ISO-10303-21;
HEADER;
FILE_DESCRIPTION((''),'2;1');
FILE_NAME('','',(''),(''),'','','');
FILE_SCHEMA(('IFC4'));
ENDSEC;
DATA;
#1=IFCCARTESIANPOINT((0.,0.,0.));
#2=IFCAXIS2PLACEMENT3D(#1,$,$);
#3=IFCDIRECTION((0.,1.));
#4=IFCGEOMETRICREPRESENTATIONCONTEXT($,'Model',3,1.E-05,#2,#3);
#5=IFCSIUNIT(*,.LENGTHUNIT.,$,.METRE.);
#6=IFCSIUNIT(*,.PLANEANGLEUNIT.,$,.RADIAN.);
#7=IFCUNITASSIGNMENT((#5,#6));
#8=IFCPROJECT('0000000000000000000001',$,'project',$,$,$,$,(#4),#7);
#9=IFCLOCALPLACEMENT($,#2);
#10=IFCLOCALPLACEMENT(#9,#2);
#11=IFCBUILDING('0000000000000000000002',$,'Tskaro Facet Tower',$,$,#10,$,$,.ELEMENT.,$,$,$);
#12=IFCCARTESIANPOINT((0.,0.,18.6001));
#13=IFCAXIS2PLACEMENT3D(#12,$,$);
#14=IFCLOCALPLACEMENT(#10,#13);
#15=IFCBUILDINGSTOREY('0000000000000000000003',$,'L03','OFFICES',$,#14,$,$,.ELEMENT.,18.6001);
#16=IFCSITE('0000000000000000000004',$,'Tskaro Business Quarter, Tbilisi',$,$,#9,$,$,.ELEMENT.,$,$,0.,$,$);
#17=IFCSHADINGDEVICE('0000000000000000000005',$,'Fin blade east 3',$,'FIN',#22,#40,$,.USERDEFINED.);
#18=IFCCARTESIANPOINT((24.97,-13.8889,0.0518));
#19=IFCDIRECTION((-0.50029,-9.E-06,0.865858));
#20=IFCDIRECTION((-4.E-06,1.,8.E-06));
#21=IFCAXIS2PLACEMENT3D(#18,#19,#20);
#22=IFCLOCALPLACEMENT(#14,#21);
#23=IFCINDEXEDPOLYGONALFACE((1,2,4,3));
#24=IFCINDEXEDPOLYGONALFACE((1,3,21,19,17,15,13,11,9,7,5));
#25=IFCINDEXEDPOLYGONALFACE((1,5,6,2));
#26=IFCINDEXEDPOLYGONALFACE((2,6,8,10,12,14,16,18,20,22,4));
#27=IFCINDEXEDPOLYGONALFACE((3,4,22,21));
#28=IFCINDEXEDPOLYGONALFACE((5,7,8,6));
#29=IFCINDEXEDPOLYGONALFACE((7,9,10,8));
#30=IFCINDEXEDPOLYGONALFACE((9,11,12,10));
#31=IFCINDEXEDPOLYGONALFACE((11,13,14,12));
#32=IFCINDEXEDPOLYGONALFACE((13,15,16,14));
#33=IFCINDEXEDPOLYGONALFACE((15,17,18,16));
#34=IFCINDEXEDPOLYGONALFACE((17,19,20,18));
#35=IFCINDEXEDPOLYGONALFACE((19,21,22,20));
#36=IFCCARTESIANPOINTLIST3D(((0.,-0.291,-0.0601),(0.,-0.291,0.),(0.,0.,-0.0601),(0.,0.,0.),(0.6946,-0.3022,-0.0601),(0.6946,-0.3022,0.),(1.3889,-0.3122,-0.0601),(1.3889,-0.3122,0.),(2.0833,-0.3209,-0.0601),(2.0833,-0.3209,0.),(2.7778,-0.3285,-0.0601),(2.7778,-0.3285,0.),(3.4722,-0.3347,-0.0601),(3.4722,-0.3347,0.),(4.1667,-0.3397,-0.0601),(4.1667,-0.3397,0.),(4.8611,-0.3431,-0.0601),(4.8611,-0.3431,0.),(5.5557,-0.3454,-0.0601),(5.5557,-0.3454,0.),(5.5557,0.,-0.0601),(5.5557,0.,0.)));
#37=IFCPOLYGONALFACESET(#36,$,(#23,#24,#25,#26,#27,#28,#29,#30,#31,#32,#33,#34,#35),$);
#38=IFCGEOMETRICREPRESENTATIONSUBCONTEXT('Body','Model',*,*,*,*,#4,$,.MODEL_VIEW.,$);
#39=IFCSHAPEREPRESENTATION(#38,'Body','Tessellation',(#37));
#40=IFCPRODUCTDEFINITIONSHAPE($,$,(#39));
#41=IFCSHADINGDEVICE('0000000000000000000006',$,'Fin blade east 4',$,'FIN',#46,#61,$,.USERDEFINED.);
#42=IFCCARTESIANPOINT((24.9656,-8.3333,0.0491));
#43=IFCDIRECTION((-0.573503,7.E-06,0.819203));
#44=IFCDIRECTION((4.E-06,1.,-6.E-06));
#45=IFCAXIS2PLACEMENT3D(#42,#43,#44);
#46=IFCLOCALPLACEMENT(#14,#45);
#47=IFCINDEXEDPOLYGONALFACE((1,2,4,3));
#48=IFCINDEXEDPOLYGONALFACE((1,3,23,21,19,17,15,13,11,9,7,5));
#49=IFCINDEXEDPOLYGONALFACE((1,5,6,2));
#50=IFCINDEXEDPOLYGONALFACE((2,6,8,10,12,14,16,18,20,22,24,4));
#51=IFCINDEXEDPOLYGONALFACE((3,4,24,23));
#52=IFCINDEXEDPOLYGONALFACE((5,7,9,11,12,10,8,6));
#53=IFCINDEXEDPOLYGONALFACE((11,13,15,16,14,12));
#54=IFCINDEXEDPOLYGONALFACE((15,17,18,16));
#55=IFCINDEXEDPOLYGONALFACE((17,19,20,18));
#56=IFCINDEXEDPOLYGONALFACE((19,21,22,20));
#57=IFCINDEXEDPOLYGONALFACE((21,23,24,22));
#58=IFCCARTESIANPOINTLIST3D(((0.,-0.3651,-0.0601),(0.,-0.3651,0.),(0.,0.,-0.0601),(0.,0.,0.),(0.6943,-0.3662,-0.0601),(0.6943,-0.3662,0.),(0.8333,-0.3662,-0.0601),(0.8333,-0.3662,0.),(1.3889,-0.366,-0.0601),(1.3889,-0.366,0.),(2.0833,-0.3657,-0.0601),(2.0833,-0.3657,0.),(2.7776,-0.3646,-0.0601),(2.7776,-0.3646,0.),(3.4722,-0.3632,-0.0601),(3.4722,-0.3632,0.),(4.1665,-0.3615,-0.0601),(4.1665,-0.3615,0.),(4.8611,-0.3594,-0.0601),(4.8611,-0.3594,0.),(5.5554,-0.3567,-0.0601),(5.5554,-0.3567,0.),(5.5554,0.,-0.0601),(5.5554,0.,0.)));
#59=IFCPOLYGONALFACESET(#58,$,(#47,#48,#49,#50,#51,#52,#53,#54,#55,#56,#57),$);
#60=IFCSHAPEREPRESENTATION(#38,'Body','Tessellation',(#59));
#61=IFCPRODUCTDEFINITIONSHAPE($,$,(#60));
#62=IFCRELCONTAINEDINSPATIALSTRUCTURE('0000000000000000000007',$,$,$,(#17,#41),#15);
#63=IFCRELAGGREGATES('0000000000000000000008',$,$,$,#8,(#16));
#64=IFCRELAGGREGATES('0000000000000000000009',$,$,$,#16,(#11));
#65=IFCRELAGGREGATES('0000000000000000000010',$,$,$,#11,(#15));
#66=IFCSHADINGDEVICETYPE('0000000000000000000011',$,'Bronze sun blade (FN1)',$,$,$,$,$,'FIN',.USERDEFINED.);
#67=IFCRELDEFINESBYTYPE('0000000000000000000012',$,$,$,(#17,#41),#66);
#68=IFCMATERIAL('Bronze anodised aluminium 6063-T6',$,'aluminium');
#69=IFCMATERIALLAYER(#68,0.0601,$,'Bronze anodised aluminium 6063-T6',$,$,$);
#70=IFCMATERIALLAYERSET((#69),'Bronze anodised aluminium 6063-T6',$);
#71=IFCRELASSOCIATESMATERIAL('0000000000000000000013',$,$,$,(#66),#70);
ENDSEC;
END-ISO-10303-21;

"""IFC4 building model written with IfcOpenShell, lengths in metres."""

from ifc_helpers import new_model, si_unit, direction, frame, origin, place, context, subcontext, project, spatial, polyline, outline, extrude, material, layer, layer_set, type_object, element, save


model = new_model("IFC4")

# Units and contexts
model_context = context("Model", 3, precision=1e-05, world=origin(), true_north=direction((0.0, 1.0)))
body_context = subcontext(model_context, "Body", "Model", "MODEL_VIEW")
ifc_project = project(units=[si_unit("LENGTHUNIT", "METRE"), si_unit("PLANEANGLEUNIT", "RADIAN")], contexts=[model_context])

# Site, building, storey
site_placement = place(None, origin())
site = spatial("IfcSite", under=ifc_project, at=site_placement, Name="Tskaro Business Quarter, Tbilisi", CompositionType="ELEMENT", RefElevation=0.0)
building_placement = place(site_placement, origin())
building = spatial("IfcBuilding", under=site, at=building_placement, Name="Tskaro Facet Tower", CompositionType="ELEMENT")
storey_placement = place(building_placement, frame((0.0, 0.0, 18.6001)))
storey = spatial("IfcBuildingStorey", under=building, at=storey_placement, Name="L03", Description="OFFICES", CompositionType="ELEMENT", Elevation=18.6001)

# Shared definitions
ifc_material_1 = material(Name="Bronze anodised aluminium 6063-T6", Category="aluminium")

# Shading devices
ifc_layer_1 = layer(ifc_material_1, 0.0601, Name="Bronze anodised aluminium 6063-T6")
ifc_layer_set_1 = layer_set([ifc_layer_1], Name="Bronze anodised aluminium 6063-T6")
shading_device_type = type_object("IfcShadingDeviceType", Name="Bronze sun blade (FN1)", ElementType="FIN", PredefinedType="USERDEFINED", material=ifc_layer_set_1)
shading_device_1_placement = place(storey_placement, frame((24.97, -13.8889, 0.0518), z_axis=(-0.50029, -0.000009, 0.865858), x_axis=(-0.000004, 1.0, 0.000008)))
element("IfcShadingDevice", 1, at=shading_device_1_placement, inside=storey, type_object=shading_device_type, Name="Fin blade east 3", ObjectType="FIN", PredefinedType="USERDEFINED", context=body_context, shape_type="SweptSolid", body=[
    extrude(outline(polyline([(0.0, 0.0), (5.5557, 0.0), (5.5557, -0.3454), (4.8611, -0.3431), (4.1667, -0.3397), (3.4722, -0.3347), (2.7778, -0.3285), (2.0833, -0.3209), (1.3889, -0.3122), (0.6946, -0.3022), (0.0, -0.291), (0.0, 0.0)])), origin(), (0.0, 0.0, -1.0), 0.0601),
])
shading_device_2_placement = place(storey_placement, frame((24.9656, -8.3333, 0.0491), z_axis=(-0.573503, 0.000007, 0.819203), x_axis=(0.000004, 1.0, -0.000006)))
element("IfcShadingDevice", 2, at=shading_device_2_placement, inside=storey, type_object=shading_device_type, Name="Fin blade east 4", ObjectType="FIN", PredefinedType="USERDEFINED", context=body_context, shape_type="SweptSolid", body=[
    extrude(outline(polyline([(0.0, 0.0), (5.5554, 0.0), (5.5554, -0.3567), (4.8611, -0.3594), (4.1665, -0.3615), (3.4722, -0.3632), (2.7776, -0.3646), (2.0833, -0.3657), (1.3889, -0.366), (0.8333, -0.3662), (0.6943, -0.3662), (0.0, -0.3651), (0.0, 0.0)])), origin(), (0.0, 0.0, -1.0), 0.0601),
])

save(model, "model.ifc")
